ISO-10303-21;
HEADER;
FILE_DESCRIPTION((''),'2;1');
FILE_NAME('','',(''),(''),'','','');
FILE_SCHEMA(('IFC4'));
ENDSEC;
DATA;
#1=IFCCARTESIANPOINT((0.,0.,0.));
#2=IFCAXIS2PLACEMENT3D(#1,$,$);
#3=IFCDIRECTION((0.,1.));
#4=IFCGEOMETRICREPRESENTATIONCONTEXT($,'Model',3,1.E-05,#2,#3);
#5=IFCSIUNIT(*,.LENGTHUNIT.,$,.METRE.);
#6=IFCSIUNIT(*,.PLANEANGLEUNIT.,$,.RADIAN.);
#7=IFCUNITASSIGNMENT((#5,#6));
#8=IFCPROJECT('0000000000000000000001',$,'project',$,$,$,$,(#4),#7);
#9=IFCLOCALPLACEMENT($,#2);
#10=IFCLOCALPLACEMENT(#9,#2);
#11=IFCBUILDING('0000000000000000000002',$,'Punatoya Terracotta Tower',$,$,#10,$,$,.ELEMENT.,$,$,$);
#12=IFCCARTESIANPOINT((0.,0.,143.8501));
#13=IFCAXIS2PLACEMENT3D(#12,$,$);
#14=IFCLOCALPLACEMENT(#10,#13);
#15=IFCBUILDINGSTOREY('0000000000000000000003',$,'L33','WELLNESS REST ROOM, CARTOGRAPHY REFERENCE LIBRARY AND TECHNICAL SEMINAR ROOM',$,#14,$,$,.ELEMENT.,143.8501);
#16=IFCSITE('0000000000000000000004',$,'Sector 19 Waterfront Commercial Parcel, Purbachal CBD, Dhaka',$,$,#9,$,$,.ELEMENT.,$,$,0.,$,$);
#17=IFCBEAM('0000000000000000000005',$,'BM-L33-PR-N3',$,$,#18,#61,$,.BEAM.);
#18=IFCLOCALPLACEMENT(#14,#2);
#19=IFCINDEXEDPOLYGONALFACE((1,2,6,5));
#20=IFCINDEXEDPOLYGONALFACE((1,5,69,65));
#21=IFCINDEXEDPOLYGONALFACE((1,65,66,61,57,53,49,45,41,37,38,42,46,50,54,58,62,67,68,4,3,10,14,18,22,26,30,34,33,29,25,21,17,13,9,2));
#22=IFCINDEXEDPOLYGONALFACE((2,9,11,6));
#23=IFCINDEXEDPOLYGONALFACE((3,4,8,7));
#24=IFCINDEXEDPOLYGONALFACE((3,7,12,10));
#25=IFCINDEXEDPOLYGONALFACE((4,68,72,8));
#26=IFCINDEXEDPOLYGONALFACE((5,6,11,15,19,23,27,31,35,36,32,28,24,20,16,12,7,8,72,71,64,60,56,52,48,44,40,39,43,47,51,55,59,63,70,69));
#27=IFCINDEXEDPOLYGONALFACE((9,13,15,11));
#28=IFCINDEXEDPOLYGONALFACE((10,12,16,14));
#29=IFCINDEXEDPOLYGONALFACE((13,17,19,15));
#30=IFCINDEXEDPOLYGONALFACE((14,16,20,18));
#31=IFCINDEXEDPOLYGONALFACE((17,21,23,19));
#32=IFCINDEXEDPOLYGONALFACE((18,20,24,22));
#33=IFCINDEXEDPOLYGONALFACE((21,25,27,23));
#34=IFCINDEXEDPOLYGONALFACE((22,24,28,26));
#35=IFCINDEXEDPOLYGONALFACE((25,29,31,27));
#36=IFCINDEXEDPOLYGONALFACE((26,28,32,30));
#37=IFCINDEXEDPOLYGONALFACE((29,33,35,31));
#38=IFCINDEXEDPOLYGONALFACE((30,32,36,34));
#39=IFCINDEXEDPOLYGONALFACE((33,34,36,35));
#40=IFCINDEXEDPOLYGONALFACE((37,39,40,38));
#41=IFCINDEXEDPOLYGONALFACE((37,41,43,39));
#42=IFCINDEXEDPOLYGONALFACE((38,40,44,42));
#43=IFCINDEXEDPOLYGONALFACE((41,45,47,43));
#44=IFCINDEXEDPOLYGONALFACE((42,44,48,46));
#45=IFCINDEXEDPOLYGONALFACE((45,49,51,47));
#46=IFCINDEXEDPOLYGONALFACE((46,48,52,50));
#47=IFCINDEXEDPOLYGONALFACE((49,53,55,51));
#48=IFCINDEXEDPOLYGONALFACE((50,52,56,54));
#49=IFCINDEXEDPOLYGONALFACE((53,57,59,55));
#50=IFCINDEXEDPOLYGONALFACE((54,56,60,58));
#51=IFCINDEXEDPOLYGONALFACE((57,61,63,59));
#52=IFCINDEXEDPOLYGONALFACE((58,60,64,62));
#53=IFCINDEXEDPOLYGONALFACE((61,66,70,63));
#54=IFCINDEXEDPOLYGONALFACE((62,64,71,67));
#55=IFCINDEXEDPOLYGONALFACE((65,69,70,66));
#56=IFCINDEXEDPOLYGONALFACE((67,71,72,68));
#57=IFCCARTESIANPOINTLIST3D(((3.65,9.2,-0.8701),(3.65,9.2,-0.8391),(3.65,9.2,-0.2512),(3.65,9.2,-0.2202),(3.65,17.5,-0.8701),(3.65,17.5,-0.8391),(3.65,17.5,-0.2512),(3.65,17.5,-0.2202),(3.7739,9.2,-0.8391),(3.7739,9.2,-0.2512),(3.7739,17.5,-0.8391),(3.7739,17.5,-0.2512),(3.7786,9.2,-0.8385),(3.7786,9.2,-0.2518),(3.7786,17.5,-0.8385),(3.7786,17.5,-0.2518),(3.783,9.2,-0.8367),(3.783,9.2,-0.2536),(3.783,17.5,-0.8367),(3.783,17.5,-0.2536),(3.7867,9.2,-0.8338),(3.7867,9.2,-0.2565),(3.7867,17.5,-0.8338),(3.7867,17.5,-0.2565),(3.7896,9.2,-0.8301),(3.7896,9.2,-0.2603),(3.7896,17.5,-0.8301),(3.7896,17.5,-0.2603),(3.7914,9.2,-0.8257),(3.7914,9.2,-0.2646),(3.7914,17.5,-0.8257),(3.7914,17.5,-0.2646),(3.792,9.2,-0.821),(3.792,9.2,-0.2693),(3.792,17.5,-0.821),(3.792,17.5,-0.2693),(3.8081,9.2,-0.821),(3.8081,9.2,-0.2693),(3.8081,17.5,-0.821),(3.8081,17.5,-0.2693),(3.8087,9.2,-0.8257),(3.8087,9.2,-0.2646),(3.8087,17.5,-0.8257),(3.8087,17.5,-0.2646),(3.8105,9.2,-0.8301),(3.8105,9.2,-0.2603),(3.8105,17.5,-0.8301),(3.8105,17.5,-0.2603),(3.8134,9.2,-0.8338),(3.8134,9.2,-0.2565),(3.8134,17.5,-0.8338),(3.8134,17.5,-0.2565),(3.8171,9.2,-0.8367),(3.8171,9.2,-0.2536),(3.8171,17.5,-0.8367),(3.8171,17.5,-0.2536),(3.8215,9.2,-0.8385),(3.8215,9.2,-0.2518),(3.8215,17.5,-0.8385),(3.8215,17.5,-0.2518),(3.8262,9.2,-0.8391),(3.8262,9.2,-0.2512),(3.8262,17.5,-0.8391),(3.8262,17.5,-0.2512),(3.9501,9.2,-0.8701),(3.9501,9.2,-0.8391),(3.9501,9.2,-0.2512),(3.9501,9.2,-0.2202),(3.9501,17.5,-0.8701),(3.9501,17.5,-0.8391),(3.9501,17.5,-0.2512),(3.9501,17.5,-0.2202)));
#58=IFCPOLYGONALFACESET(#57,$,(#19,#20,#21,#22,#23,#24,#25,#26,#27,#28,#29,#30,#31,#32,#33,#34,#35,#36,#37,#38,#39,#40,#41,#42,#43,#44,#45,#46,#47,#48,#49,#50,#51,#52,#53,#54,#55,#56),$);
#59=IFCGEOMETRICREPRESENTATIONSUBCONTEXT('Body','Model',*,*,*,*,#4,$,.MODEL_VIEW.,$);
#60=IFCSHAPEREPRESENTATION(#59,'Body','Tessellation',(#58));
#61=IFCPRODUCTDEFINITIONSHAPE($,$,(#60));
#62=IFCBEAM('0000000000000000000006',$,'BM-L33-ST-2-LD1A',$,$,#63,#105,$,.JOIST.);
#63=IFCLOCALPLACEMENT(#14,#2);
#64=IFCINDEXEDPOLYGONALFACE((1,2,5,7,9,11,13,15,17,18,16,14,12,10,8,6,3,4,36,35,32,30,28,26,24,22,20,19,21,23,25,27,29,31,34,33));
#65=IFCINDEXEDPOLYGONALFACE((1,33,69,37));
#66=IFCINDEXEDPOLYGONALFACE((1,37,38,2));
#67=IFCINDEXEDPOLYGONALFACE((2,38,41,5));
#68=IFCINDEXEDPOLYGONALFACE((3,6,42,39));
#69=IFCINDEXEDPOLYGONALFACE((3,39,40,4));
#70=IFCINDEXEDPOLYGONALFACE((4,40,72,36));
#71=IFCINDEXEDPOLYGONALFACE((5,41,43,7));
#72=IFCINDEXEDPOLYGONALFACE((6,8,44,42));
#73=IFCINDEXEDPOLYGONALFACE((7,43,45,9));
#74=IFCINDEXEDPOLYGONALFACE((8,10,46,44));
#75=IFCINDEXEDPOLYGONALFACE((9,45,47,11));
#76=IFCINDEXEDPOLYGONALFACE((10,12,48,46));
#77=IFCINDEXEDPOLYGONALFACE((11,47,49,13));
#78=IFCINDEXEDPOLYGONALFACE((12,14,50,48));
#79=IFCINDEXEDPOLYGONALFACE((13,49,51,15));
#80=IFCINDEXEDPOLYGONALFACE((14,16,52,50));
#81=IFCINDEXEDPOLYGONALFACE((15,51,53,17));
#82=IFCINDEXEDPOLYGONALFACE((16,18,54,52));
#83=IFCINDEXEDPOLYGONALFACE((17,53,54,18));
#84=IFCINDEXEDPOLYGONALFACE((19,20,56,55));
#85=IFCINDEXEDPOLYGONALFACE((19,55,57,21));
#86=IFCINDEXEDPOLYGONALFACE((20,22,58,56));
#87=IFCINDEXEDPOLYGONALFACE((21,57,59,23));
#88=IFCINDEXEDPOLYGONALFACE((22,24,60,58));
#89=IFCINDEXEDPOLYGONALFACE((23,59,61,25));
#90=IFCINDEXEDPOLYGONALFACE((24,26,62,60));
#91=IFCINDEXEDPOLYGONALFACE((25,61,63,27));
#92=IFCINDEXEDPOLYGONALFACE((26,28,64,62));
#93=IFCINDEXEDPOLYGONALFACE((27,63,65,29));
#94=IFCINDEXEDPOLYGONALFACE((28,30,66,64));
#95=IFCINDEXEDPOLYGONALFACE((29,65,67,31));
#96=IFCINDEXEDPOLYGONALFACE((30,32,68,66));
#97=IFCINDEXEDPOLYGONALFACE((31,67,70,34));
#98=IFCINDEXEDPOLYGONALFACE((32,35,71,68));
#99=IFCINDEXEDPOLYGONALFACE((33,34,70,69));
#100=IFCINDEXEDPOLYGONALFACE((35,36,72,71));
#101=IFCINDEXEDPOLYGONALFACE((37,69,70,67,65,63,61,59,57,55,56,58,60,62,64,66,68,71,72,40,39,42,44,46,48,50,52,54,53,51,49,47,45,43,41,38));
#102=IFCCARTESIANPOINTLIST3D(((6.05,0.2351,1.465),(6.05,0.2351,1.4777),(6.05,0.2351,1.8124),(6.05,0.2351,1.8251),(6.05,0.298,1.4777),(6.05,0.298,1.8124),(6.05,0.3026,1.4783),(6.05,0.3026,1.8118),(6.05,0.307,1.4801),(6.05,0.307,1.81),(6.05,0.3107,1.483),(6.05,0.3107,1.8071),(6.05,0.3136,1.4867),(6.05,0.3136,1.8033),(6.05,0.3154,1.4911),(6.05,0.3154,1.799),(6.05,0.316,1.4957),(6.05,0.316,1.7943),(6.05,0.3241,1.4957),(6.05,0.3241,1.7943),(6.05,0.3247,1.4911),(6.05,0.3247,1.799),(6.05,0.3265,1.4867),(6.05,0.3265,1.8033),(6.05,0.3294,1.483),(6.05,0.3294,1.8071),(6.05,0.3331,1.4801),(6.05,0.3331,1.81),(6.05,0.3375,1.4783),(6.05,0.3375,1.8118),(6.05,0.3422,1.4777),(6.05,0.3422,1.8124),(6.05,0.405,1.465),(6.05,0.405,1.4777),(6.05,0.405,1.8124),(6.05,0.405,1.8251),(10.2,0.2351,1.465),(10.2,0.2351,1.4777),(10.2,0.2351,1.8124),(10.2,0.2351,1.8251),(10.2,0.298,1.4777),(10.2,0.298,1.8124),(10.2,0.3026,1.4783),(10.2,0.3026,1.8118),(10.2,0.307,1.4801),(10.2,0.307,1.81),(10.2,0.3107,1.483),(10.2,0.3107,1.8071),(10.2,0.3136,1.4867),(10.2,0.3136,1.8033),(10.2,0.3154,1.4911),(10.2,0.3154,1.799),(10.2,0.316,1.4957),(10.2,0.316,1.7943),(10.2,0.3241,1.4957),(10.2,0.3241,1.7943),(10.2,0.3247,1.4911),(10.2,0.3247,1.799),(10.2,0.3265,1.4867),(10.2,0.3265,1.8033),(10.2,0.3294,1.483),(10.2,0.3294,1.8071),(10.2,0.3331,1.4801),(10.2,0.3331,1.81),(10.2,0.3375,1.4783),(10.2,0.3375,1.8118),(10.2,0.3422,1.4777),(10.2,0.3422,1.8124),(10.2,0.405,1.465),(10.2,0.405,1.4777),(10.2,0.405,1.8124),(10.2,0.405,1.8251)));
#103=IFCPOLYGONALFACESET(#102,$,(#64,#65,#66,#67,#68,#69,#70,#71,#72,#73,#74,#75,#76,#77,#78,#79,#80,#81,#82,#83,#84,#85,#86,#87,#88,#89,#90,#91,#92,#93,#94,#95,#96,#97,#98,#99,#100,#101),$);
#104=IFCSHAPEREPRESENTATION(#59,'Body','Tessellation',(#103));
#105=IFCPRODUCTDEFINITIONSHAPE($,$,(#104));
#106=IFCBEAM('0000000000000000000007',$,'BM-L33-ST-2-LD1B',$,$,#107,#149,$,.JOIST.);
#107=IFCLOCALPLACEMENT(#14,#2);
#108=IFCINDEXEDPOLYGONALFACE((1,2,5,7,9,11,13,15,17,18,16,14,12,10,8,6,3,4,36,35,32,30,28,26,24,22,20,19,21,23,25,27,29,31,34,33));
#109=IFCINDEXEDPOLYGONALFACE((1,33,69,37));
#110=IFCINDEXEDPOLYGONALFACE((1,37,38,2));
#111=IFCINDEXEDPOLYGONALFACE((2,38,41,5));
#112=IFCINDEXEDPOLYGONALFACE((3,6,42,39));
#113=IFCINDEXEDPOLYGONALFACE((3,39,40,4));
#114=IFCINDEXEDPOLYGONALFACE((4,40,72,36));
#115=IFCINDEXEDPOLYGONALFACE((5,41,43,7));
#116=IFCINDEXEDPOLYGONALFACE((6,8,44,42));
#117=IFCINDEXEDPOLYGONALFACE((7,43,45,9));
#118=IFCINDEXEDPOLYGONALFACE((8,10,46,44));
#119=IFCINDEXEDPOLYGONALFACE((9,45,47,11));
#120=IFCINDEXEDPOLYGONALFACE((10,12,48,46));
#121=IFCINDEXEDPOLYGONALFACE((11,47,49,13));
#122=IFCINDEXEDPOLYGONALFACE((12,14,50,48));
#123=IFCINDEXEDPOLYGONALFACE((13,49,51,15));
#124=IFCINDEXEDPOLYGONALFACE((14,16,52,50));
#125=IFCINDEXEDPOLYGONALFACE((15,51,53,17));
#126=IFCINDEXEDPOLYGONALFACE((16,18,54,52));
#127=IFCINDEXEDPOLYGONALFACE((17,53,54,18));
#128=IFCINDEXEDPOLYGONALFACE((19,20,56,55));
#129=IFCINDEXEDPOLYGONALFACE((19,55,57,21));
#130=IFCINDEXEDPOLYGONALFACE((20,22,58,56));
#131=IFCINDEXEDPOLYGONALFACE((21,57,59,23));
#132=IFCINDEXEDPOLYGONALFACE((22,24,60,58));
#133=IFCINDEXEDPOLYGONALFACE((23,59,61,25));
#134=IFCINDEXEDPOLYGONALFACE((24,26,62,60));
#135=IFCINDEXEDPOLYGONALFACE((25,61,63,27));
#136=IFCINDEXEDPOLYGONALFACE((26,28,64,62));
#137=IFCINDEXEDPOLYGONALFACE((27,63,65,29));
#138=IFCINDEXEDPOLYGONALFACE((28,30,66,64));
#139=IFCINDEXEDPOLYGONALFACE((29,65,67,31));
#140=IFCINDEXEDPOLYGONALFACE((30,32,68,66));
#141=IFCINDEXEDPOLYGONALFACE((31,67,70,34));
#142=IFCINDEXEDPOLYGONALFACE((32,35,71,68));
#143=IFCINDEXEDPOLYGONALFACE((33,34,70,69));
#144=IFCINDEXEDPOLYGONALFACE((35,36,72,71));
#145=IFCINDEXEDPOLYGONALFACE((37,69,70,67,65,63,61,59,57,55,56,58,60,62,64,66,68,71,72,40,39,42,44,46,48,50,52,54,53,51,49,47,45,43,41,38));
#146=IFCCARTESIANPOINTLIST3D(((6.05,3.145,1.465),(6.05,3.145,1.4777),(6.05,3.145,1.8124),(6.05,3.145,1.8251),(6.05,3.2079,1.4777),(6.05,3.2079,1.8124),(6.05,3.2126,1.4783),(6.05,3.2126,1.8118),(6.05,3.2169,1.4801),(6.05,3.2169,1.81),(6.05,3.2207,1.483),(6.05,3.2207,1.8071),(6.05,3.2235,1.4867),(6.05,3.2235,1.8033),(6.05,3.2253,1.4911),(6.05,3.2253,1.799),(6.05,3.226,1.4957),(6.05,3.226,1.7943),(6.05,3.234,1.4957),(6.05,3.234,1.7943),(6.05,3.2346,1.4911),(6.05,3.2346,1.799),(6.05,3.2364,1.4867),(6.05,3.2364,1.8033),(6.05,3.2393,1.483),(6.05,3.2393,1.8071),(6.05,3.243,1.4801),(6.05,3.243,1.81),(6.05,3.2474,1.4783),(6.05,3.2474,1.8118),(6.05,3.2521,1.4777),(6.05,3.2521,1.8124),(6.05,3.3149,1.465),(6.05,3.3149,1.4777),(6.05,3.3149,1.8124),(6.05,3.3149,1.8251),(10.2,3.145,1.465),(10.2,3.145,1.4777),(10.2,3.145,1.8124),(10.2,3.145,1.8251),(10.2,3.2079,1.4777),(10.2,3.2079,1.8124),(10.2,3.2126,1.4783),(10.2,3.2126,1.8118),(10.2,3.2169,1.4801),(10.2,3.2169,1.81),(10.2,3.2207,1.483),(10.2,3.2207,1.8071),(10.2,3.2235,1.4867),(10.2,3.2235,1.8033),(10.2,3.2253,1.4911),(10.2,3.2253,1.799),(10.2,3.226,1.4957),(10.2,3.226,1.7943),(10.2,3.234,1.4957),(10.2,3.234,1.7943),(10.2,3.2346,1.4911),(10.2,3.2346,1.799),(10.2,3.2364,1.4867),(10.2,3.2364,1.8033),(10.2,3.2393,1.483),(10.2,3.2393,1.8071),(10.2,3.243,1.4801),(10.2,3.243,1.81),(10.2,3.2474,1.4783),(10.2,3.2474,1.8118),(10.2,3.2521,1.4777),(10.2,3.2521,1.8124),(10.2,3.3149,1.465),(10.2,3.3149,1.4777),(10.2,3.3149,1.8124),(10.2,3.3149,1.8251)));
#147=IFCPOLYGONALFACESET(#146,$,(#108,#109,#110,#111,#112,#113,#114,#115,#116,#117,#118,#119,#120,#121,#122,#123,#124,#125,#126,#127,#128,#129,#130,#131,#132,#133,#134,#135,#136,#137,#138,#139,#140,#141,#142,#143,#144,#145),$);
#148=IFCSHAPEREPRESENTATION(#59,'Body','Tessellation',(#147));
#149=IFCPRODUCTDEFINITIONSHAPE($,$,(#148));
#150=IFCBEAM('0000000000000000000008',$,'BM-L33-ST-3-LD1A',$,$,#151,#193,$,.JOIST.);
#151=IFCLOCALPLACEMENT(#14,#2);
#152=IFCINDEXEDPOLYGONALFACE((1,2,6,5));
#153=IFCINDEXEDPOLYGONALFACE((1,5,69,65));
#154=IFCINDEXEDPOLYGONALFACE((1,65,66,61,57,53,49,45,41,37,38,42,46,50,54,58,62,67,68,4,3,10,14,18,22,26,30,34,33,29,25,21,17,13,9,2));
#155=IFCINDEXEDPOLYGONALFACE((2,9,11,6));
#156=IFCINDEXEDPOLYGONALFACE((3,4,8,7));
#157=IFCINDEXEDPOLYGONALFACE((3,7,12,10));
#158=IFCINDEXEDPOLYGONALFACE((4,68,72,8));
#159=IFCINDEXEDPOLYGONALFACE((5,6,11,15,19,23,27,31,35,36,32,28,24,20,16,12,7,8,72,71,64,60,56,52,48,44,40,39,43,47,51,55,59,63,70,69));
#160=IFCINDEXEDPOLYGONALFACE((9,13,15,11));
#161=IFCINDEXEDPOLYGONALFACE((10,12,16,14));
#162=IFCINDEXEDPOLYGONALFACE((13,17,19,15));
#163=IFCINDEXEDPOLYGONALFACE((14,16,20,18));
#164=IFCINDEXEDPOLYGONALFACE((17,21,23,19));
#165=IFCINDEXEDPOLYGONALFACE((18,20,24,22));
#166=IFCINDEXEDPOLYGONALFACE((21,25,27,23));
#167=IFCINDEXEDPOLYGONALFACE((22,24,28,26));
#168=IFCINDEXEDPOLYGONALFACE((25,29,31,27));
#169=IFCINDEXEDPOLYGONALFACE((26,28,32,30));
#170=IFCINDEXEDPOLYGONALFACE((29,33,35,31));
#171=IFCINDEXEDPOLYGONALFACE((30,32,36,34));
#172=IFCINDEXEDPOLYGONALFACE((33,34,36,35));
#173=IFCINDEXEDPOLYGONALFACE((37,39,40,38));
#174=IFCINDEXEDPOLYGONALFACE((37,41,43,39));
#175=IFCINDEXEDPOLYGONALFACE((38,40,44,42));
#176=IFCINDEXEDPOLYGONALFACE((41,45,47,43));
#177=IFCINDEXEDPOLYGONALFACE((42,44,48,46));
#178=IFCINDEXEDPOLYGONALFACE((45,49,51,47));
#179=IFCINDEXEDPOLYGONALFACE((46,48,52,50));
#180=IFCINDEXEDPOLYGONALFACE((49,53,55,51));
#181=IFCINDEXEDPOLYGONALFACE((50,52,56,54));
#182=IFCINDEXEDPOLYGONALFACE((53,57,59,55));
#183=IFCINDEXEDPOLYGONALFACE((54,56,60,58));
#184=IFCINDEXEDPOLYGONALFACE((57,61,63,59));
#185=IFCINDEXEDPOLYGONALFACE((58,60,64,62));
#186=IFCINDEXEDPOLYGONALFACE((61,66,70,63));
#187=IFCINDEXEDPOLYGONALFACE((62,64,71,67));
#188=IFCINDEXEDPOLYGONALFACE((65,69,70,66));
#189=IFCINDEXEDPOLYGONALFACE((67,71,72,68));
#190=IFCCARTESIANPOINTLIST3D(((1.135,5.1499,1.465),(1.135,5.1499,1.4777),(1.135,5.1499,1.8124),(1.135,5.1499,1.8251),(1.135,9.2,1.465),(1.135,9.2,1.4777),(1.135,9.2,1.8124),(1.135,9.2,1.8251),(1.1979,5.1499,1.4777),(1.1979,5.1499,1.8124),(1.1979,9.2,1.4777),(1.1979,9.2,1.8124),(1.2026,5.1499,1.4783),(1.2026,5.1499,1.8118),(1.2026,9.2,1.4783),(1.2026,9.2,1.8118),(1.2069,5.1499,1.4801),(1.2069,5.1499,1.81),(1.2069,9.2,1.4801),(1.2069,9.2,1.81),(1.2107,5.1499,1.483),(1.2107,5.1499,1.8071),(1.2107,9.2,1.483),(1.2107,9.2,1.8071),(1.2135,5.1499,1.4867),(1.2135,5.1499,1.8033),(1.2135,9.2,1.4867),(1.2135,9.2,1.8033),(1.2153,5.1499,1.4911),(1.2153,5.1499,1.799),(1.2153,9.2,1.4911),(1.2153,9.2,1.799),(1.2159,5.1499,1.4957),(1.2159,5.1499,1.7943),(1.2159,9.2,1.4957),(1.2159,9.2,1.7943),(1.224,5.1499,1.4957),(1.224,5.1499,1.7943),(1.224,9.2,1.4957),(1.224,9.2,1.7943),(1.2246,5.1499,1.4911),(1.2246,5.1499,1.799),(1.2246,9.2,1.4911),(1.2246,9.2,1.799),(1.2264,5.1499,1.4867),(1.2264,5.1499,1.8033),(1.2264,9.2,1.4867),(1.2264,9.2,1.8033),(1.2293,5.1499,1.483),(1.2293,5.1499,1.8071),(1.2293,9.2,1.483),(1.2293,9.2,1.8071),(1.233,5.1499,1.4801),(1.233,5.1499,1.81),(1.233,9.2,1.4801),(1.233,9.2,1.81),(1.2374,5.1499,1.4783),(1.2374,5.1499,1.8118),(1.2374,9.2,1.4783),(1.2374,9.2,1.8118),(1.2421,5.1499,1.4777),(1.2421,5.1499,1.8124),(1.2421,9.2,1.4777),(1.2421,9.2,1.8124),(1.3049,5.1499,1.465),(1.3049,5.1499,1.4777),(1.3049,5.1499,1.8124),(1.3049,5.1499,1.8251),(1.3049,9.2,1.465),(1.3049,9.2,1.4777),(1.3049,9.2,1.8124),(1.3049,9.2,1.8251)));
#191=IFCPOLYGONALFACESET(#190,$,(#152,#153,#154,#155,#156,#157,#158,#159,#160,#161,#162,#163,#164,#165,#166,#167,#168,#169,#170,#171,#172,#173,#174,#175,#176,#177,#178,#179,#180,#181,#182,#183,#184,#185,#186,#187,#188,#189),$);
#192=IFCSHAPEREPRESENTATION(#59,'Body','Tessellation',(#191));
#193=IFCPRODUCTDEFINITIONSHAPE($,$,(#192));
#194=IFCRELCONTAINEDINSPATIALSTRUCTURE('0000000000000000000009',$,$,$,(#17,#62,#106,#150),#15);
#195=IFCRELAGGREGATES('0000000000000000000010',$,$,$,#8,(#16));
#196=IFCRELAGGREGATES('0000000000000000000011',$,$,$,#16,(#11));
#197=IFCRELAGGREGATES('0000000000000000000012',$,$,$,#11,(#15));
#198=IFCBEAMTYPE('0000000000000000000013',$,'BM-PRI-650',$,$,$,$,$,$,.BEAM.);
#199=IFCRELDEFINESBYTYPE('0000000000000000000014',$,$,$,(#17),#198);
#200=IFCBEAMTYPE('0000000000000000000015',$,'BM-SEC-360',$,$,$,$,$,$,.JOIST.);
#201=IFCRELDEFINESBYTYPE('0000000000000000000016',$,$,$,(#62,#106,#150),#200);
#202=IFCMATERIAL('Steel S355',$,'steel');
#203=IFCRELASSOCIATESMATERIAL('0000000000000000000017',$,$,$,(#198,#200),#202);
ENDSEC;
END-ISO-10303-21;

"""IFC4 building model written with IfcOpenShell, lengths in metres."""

from ifc_helpers import new_model, si_unit, direction, frame, origin, origin_2d, place, context, subcontext, project, spatial, i_section, extrude, material, material_profile, profile_set, type_object, element, save


model = new_model("IFC4")

# Units and contexts
model_context = context("Model", 3, precision=1e-05, world=origin(), true_north=direction((0.0, 1.0)))
body_context = subcontext(model_context, "Body", "Model", "MODEL_VIEW")
ifc_project = project(units=[si_unit("LENGTHUNIT", "METRE"), si_unit("PLANEANGLEUNIT", "RADIAN")], contexts=[model_context])

# Site, building, storey
site_placement = place(None, origin())
site = spatial("IfcSite", under=ifc_project, at=site_placement, Name="Sector 19 Waterfront Commercial Parcel, Purbachal CBD, Dhaka", CompositionType="ELEMENT", RefElevation=0.0)
building_placement = place(site_placement, origin())
building = spatial("IfcBuilding", under=site, at=building_placement, Name="Punatoya Terracotta Tower", CompositionType="ELEMENT")
storey_placement = place(building_placement, frame((0.0, 0.0, 143.8501)))
storey = spatial("IfcBuildingStorey", under=building, at=storey_placement, Name="L33", Description="WELLNESS REST ROOM, CARTOGRAPHY REFERENCE LIBRARY AND TECHNICAL SEMINAR ROOM", CompositionType="ELEMENT", Elevation=143.8501)

# Beams
ifc_material_1 = material(Name="Steel S355", Category="steel")
ifc_material_profile_1 = material_profile(ifc_material_1, i_section(OverallWidth=0.3, OverallDepth=0.6499, WebThickness=0.0161, FlangeThickness=0.031, FilletRadius=0.0181, at=origin_2d()))
ifc_profile_set_1 = profile_set([ifc_material_profile_1], Name="Steel S355")
beam_type_1 = type_object("IfcBeamType", Name="BM-PRI-650", PredefinedType="BEAM", material=ifc_profile_set_1)
beam_placement = place(storey_placement, frame((3.8, 9.2, -0.5452), z_axis=(0.0, 1.0, 0.0), x_axis=(-1.0, 0.0, 0.0)))
element("IfcBeam", 1, at=beam_placement, inside=storey, type_object=beam_type_1, Name="BM-L33-PR-N3", PredefinedType="BEAM", context=body_context, shape_type="SweptSolid", body=[
    extrude(i_section(OverallWidth=0.3, OverallDepth=0.6499, WebThickness=0.0161, FlangeThickness=0.031, FilletRadius=0.0181, at=origin_2d()), origin(), (0.0, 0.0, 1.0), 8.3),
])
ifc_material_profile_2 = material_profile(ifc_material_1, i_section(OverallWidth=0.1699, OverallDepth=0.3601, WebThickness=0.0081, FlangeThickness=0.0127, FilletRadius=0.0181, at=origin_2d()))
ifc_profile_set_2 = profile_set([ifc_material_profile_2], Name="Steel S355")
beam_type_2 = type_object("IfcBeamType", Name="BM-SEC-360", PredefinedType="JOIST", material=ifc_profile_set_2)
for number, where, z_axis, x_axis, name in (
    (2, (6.05, 0.3201, 1.645), (1.0, 0.0, 0.0), (0.0, 1.0, 0.0), "BM-L33-ST-2-LD1A"),
    (3, (6.05, 3.23, 1.645), (1.0, 0.0, 0.0), (0.0, 1.0, 0.0), "BM-L33-ST-2-LD1B"),
):
    element("IfcBeam", number, at=place(storey_placement, frame(where, z_axis=z_axis, x_axis=x_axis)), inside=storey, type_object=beam_type_2, Name=name, PredefinedType="JOIST", context=body_context, shape_type="SweptSolid", body=[
        extrude(i_section(OverallWidth=0.1699, OverallDepth=0.3601, WebThickness=0.0081, FlangeThickness=0.0127, FilletRadius=0.0181, at=origin_2d()), origin(), (0.0, 0.0, 1.0), 4.1499),
    ])
for number, where, z_axis, x_axis, name in (
    (4, (1.22, 5.1499, 1.645), (0.0, 1.0, 0.0), (-1.0, 0.0, 0.0), "BM-L33-ST-3-LD1A"),
):
    element("IfcBeam", number, at=place(storey_placement, frame(where, z_axis=z_axis, x_axis=x_axis)), inside=storey, type_object=beam_type_2, Name=name, PredefinedType="JOIST", context=body_context, shape_type="SweptSolid", body=[
        extrude(i_section(OverallWidth=0.1699, OverallDepth=0.3601, WebThickness=0.0081, FlangeThickness=0.0127, FilletRadius=0.0181, at=origin_2d()), origin(), (0.0, 0.0, 1.0), 4.05),
    ])

save(model, "model.ifc")
